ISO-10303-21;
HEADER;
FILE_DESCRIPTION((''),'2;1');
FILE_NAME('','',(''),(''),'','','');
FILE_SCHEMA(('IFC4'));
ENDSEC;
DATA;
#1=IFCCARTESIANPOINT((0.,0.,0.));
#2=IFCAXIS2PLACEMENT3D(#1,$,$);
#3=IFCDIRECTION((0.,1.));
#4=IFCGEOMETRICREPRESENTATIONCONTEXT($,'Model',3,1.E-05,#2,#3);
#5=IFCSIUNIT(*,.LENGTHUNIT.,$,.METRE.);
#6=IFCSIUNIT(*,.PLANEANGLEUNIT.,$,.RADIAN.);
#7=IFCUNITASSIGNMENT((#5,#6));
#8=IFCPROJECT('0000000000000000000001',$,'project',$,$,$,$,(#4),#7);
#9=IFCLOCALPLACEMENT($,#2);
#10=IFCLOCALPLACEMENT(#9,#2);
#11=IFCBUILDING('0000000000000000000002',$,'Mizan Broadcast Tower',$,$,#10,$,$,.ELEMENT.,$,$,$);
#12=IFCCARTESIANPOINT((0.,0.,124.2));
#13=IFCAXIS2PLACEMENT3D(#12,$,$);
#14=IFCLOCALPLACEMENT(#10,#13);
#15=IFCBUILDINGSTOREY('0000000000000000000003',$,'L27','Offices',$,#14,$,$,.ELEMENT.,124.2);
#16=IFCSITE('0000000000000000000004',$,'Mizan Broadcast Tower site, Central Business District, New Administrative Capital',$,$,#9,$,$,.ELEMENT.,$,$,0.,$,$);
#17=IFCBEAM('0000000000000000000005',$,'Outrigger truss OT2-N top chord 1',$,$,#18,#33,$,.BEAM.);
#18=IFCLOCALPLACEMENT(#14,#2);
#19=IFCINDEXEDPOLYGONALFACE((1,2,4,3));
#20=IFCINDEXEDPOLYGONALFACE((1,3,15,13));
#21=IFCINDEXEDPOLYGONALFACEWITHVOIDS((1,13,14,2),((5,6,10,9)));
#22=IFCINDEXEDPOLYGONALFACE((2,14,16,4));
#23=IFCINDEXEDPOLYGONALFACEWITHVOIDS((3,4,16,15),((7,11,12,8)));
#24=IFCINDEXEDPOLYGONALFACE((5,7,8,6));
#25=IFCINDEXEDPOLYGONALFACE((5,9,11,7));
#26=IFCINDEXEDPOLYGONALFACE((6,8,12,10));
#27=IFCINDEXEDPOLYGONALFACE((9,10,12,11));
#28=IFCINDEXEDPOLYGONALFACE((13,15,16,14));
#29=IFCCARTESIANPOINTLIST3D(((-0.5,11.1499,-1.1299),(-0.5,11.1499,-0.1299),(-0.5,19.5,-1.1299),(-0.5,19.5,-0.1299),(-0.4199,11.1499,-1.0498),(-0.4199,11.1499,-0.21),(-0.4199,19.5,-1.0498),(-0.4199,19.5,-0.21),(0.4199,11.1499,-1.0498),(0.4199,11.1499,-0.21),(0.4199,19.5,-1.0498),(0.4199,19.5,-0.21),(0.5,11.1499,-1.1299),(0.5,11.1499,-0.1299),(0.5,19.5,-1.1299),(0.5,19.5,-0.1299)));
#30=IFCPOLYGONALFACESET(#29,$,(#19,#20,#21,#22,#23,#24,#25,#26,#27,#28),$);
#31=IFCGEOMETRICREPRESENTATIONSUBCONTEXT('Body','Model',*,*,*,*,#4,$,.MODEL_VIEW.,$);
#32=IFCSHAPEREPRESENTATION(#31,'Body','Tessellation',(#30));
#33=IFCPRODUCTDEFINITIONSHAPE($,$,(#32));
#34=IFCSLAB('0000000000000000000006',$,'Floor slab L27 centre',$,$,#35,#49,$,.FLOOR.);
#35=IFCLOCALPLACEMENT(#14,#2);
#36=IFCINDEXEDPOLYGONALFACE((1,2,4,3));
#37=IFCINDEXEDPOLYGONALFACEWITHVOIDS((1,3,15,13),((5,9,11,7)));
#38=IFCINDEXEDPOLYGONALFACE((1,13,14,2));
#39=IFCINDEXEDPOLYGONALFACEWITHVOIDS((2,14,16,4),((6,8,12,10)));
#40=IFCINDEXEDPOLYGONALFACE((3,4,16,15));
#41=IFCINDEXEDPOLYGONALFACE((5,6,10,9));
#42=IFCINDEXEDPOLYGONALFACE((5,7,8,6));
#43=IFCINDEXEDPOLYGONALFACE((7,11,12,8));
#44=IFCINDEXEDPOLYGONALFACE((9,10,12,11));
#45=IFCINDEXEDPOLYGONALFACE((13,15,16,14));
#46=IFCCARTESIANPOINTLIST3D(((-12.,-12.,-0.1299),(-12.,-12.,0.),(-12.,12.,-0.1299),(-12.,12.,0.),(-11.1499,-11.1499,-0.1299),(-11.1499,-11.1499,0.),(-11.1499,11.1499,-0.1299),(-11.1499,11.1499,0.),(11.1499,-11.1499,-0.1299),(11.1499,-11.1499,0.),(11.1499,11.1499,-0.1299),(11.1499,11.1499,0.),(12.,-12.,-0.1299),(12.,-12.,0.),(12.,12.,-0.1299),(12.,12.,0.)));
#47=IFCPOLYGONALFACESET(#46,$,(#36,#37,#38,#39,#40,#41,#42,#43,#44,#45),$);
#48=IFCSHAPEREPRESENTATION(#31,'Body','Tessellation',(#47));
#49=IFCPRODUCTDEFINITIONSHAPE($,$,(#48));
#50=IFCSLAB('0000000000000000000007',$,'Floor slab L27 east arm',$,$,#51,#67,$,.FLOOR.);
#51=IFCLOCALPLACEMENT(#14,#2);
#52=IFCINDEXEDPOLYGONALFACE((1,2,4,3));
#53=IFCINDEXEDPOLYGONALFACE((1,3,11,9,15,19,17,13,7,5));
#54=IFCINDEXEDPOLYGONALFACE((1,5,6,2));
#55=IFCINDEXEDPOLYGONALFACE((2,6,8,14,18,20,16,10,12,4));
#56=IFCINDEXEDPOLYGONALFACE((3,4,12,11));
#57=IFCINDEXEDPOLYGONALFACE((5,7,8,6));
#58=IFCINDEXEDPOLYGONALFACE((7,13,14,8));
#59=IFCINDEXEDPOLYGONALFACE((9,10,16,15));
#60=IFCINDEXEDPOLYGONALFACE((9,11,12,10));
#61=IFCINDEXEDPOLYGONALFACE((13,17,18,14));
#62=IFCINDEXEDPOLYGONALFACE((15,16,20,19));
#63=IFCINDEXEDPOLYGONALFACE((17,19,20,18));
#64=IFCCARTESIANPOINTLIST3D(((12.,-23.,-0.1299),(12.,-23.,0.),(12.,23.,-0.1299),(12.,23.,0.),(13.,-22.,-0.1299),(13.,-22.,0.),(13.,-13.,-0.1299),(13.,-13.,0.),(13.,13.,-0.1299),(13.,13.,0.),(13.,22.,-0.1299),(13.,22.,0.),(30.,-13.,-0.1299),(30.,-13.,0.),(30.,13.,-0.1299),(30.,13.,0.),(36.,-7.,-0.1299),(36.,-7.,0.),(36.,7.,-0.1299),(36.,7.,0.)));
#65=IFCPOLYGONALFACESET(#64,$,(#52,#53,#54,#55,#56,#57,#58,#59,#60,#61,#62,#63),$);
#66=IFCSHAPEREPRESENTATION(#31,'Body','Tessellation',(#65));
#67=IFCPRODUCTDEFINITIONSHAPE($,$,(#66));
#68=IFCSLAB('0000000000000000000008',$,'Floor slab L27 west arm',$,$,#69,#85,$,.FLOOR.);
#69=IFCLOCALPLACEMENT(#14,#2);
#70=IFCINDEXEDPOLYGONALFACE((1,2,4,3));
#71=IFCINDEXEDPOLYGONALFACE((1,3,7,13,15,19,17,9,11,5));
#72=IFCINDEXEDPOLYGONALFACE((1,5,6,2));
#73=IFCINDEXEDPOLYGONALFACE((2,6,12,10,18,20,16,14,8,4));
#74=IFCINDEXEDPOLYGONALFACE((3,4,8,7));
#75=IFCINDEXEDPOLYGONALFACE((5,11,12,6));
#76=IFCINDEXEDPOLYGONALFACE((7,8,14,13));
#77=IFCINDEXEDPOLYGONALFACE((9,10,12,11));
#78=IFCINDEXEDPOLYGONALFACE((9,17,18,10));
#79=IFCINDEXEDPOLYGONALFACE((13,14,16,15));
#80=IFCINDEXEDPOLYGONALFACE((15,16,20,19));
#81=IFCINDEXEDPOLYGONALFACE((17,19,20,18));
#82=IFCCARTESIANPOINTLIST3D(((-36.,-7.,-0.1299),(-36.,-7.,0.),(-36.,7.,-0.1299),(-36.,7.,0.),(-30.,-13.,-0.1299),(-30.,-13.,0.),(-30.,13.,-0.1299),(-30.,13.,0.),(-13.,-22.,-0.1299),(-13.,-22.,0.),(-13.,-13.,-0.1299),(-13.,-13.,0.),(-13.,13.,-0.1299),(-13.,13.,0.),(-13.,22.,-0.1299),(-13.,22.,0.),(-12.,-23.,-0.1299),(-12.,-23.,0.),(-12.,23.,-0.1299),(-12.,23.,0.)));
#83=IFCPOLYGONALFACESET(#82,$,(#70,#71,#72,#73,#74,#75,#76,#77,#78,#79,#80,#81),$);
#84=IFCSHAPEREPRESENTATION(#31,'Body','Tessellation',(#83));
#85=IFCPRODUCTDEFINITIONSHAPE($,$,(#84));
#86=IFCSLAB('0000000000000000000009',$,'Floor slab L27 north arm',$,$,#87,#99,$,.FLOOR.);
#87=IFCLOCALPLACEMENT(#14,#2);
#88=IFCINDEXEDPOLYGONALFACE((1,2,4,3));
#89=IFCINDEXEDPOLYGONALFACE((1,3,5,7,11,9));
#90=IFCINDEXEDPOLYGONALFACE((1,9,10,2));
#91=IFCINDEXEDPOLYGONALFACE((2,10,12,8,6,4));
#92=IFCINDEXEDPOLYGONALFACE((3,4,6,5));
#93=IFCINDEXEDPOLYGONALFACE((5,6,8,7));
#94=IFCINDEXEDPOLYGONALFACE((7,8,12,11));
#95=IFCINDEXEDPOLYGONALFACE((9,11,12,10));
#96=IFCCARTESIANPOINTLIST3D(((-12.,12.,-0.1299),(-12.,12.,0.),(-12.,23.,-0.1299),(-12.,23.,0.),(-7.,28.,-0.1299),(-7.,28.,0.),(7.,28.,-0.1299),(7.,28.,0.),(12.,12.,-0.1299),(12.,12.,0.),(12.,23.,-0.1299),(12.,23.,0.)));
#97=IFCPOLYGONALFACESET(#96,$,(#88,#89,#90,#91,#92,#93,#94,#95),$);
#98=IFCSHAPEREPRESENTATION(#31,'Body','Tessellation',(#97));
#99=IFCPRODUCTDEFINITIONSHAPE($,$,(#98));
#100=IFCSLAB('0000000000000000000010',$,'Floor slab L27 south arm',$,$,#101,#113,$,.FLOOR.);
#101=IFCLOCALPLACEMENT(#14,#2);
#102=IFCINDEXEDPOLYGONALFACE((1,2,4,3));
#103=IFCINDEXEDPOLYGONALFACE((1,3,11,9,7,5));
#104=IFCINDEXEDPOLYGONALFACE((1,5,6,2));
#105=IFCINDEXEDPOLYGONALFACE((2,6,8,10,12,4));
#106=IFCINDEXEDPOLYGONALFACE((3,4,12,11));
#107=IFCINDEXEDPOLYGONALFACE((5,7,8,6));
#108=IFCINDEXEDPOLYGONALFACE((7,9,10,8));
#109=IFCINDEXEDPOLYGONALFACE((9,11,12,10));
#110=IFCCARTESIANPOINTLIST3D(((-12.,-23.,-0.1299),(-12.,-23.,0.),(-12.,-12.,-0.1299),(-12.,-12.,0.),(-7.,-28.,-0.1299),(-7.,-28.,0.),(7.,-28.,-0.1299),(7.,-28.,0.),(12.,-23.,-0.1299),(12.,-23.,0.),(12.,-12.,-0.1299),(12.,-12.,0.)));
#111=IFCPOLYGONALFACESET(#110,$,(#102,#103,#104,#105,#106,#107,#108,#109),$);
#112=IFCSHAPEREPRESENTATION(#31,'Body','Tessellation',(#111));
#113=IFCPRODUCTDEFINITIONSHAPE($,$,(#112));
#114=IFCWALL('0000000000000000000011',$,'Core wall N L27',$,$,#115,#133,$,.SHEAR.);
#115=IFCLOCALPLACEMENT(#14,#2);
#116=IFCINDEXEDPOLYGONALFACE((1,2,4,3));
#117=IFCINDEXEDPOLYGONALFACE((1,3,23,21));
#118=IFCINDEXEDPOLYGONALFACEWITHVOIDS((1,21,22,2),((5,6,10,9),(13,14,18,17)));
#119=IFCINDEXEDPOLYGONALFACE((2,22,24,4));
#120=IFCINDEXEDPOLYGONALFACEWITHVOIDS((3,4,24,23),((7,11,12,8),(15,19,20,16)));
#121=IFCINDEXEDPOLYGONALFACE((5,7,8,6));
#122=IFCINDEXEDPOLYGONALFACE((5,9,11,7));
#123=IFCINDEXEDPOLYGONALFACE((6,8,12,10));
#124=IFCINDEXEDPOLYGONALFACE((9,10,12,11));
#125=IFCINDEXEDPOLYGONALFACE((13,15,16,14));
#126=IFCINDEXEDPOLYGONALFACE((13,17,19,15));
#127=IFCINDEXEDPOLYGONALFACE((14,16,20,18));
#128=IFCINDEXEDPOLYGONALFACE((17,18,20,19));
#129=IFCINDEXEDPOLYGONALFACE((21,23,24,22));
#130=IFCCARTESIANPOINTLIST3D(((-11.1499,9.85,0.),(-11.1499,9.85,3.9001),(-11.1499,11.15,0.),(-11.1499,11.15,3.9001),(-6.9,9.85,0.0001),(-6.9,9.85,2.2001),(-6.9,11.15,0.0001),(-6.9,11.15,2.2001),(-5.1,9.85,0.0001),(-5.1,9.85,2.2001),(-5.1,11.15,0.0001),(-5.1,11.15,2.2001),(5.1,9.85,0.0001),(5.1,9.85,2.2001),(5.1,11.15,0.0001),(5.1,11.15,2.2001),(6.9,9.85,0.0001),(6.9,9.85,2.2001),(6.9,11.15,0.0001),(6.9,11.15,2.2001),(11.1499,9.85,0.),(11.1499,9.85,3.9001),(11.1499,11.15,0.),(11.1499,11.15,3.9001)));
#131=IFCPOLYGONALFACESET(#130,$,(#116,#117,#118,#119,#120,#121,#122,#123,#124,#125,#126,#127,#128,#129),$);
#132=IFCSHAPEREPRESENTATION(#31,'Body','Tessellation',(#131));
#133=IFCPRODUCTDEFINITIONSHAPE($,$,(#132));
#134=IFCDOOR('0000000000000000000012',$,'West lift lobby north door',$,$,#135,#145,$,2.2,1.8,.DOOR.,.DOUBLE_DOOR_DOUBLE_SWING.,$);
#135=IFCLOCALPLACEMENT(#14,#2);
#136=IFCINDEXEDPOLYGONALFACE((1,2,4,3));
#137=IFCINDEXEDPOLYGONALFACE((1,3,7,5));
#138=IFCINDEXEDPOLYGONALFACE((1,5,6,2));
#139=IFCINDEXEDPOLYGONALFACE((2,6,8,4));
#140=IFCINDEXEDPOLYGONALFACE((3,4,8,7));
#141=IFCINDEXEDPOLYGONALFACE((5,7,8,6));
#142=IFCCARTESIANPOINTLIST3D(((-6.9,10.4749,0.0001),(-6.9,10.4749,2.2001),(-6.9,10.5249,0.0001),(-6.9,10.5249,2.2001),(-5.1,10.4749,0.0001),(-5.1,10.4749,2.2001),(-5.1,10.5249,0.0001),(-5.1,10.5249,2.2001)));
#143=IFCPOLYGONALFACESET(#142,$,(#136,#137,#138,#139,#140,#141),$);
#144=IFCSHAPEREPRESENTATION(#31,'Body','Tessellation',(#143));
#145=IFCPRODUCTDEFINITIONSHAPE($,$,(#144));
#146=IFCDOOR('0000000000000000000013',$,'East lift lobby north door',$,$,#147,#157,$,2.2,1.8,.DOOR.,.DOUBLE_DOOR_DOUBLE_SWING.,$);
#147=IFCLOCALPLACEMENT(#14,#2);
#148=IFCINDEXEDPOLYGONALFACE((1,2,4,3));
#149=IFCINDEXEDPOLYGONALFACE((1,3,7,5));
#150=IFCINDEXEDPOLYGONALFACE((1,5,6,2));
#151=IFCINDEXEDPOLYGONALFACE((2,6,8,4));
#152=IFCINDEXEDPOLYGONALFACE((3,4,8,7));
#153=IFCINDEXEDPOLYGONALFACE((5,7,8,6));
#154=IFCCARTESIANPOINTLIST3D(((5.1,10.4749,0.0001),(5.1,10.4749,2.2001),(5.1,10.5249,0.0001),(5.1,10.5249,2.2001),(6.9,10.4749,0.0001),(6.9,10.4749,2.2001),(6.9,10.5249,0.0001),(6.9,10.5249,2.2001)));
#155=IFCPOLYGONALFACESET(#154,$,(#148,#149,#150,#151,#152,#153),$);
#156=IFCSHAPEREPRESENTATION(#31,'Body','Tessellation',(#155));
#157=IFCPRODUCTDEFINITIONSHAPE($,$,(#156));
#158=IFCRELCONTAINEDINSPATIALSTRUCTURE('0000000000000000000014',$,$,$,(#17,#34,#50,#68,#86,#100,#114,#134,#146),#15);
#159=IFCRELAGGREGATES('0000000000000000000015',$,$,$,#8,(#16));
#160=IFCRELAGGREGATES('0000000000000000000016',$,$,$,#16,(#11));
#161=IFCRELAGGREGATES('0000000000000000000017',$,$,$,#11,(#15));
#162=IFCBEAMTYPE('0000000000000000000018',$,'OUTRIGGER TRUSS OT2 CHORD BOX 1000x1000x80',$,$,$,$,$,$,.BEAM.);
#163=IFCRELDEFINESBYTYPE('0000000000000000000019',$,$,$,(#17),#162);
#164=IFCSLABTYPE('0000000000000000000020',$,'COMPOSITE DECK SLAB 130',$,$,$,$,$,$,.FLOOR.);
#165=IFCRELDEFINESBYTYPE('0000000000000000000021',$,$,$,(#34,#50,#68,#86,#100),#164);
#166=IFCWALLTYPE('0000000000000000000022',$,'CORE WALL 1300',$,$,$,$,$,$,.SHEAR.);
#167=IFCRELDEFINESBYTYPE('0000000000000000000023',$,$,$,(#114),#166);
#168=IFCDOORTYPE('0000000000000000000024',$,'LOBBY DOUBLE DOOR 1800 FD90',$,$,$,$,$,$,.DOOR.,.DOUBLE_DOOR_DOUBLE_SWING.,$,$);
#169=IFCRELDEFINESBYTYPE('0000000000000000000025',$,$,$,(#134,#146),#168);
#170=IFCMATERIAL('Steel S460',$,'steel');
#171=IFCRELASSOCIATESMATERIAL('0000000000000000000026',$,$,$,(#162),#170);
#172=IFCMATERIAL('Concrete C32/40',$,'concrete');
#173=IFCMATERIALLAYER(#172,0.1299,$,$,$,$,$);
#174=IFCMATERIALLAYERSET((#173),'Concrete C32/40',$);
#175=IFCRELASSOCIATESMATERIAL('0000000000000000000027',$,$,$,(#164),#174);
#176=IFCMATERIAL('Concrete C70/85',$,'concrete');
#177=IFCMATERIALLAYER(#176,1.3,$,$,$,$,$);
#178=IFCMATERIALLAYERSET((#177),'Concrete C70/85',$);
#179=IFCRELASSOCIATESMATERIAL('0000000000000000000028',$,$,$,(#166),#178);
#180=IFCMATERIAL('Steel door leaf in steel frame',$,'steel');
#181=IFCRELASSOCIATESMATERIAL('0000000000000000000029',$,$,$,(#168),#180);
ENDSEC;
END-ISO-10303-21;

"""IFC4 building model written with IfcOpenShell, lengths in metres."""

from ifc_helpers import new_model, si_unit, direction, frame, frame_2d, origin, origin_2d, place, context, subcontext, project, spatial, polyline, rectangle, hollow_rectangle, outline, extrude, material, layer, layer_set, material_profile, profile_set, type_object, element, fill, save


model = new_model("IFC4")

# Units and contexts
model_context = context("Model", 3, precision=1e-05, world=origin(), true_north=direction((0.0, 1.0)))
body_context = subcontext(model_context, "Body", "Model", "MODEL_VIEW")
ifc_project = project(units=[si_unit("LENGTHUNIT", "METRE"), si_unit("PLANEANGLEUNIT", "RADIAN")], contexts=[model_context])

# Site, building, storey
site_placement = place(None, origin())
site = spatial("IfcSite", under=ifc_project, at=site_placement, Name="Mizan Broadcast Tower site, Central Business District, New Administrative Capital", CompositionType="ELEMENT", RefElevation=0.0)
building_placement = place(site_placement, origin())
building = spatial("IfcBuilding", under=site, at=building_placement, Name="Mizan Broadcast Tower", CompositionType="ELEMENT")
storey_placement = place(building_placement, frame((0.0, 0.0, 124.2)))
storey = spatial("IfcBuildingStorey", under=building, at=storey_placement, Name="L27", Description="Offices", CompositionType="ELEMENT", Elevation=124.2)

# Beam
ifc_material_1 = material(Name="Steel S460", Category="steel")
ifc_material_profile = material_profile(ifc_material_1, hollow_rectangle(XDim=1.0, YDim=1.0, WallThickness=0.0801, at=origin_2d()), Name="BOX 1000x1000x80")
ifc_profile_set = profile_set([ifc_material_profile], Name="Steel S460")
beam_type = type_object("IfcBeamType", Name="OUTRIGGER TRUSS OT2 CHORD BOX 1000x1000x80", PredefinedType="BEAM", material=ifc_profile_set)
beam_placement = place(storey_placement, frame((0.0, 11.1499, -0.6299), z_axis=(0.0, 1.0, 0.0), x_axis=(-1.0, 0.0, 0.0)))
element("IfcBeam", 1, at=beam_placement, inside=storey, type_object=beam_type, Name="Outrigger truss OT2-N top chord 1", PredefinedType="BEAM", context=body_context, shape_type="SweptSolid", body=[
    extrude(hollow_rectangle(XDim=1.0, YDim=1.0, WallThickness=0.0801, at=origin_2d()), origin(), (0.0, 0.0, 1.0), 8.3501),
])

# Slabs
ifc_material_2 = material(Name="Concrete C32/40", Category="concrete")
ifc_layer_1 = layer(ifc_material_2, 0.1299)
ifc_layer_set_1 = layer_set([ifc_layer_1], Name="Concrete C32/40")
slab_type = type_object("IfcSlabType", Name="COMPOSITE DECK SLAB 130", PredefinedType="FLOOR", material=ifc_layer_set_1)
slab_1_placement = place(storey_placement, frame((0.0, 0.0, -0.1299)))
element("IfcSlab", 2, at=slab_1_placement, inside=storey, type_object=slab_type, Name="Floor slab L27 centre", PredefinedType="FLOOR", context=body_context, shape_type="SweptSolid", body=[
    extrude(outline(polyline([(-12.0, -12.0), (12.0, -12.0), (12.0, 12.0), (-12.0, 12.0), (-12.0, -12.0)]), holes=[polyline([(-11.1499, 11.1499), (11.1499, 11.1499), (11.1499, -11.1499), (-11.1499, -11.1499), (-11.1499, 11.1499)])]), origin(), (0.0, 0.0, 1.0), 0.1299),
])
slab_2_placement = place(storey_placement, frame((0.0, 0.0, -0.1299)))
element("IfcSlab", 3, at=slab_2_placement, inside=storey, type_object=slab_type, Name="Floor slab L27 east arm", PredefinedType="FLOOR", context=body_context, shape_type="SweptSolid", body=[
    extrude(outline(polyline([(12.0, -23.0), (13.0, -22.0), (13.0, -13.0), (30.0, -13.0), (36.0, -7.0), (36.0, 7.0), (30.0, 13.0), (13.0, 13.0), (13.0, 22.0), (12.0, 23.0), (12.0, -23.0)])), origin(), (0.0, 0.0, 1.0), 0.1299),
])
slab_3_placement = place(storey_placement, frame((0.0, 0.0, -0.1299)))
element("IfcSlab", 4, at=slab_3_placement, inside=storey, type_object=slab_type, Name="Floor slab L27 west arm", PredefinedType="FLOOR", context=body_context, shape_type="SweptSolid", body=[
    extrude(outline(polyline([(-13.0, -22.0), (-12.0, -23.0), (-12.0, 23.0), (-13.0, 22.0), (-13.0, 13.0), (-30.0, 13.0), (-36.0, 7.0), (-36.0, -7.0), (-30.0, -13.0), (-13.0, -13.0), (-13.0, -22.0)])), origin(), (0.0, 0.0, 1.0), 0.1299),
])
slab_4_placement = place(storey_placement, frame((0.0, 0.0, -0.1299)))
element("IfcSlab", 5, at=slab_4_placement, inside=storey, type_object=slab_type, Name="Floor slab L27 north arm", PredefinedType="FLOOR", context=body_context, shape_type="SweptSolid", body=[
    extrude(outline(polyline([(-7.0, 28.0), (-12.0, 23.0), (-12.0, 12.0), (12.0, 12.0), (12.0, 23.0), (7.0, 28.0), (-7.0, 28.0)])), origin(), (0.0, 0.0, 1.0), 0.1299),
])
slab_5_placement = place(storey_placement, frame((0.0, 0.0, -0.1299)))
element("IfcSlab", 6, at=slab_5_placement, inside=storey, type_object=slab_type, Name="Floor slab L27 south arm", PredefinedType="FLOOR", context=body_context, shape_type="SweptSolid", body=[
    extrude(outline(polyline([(7.0, -28.0), (12.0, -23.0), (12.0, -12.0), (-12.0, -12.0), (-12.0, -23.0), (-7.0, -28.0), (7.0, -28.0)])), origin(), (0.0, 0.0, 1.0), 0.1299),
])

# Wall, openings, doors
ifc_material_3 = material(Name="Concrete C70/85", Category="concrete")
ifc_layer_2 = layer(ifc_material_3, 1.3)
ifc_layer_set_2 = layer_set([ifc_layer_2], Name="Concrete C70/85")
wall_type_1 = type_object("IfcWallType", Name="CORE WALL 1300", PredefinedType="SHEAR", material=ifc_layer_set_2)
wall_1_placement = place(storey_placement, frame((-11.1499, 10.5, 0.0), z_axis=(0.0, 0.0, 1.0), x_axis=(1.0, 0.0, 0.0)))
wall_1 = element("IfcWall", 7, at=wall_1_placement, inside=storey, type_object=wall_type_1, Name="Core wall N L27", PredefinedType="SHEAR", context=body_context, shape_type="SweptSolid", body=[
    extrude(rectangle(XDim=22.2998, YDim=1.3, at=frame_2d((11.1499, 0.0))), origin(), (0.0, 0.0, 1.0), 3.9001),
])
opening_1_placement = place(wall_1_placement, frame((4.25, 0.0, 0.0)))
opening_1 = element("IfcOpeningElement", 8, at=opening_1_placement, cuts=wall_1, PredefinedType="OPENING", context=body_context, shape_type="SweptSolid", body=[
    extrude(rectangle(XDim=1.8, YDim=2.2, at=frame_2d((0.8999, 1.1001))), frame((0.0, 0.6599, 0.0), z_axis=(0.0, -1.0, 0.0), x_axis=(1.0, 0.0, 0.0)), (0.0, 0.0, 1.0), 1.3201),
])
opening_2_placement = place(wall_1_placement, frame((16.25, 0.0, 0.0)))
opening_2 = element("IfcOpeningElement", 9, at=opening_2_placement, cuts=wall_1, PredefinedType="OPENING", context=body_context, shape_type="SweptSolid", body=[
    extrude(rectangle(XDim=1.8, YDim=2.2, at=frame_2d((0.8999, 1.1001))), frame((0.0, 0.6599, 0.0), z_axis=(0.0, -1.0, 0.0), x_axis=(1.0, 0.0, 0.0)), (0.0, 0.0, 1.0), 1.3201),
])
ifc_material_4 = material(Name="Steel door leaf in steel frame", Category="steel")
door_type_1 = type_object("IfcDoorType", Name="LOBBY DOUBLE DOOR 1800 FD90", OperationType="DOUBLE_DOOR_DOUBLE_SWING", PredefinedType="DOOR", material=ifc_material_4)
door_1_placement = place(opening_1_placement, origin())
door_1 = element("IfcDoor", 10, at=door_1_placement, inside=storey, type_object=door_type_1, Name="West lift lobby north door", OperationType="DOUBLE_DOOR_DOUBLE_SWING", OverallHeight=2.2, OverallWidth=1.8, PredefinedType="DOOR", context=body_context, shape_type="SweptSolid", body=[
    extrude(rectangle(XDim=1.8, YDim=2.2, at=frame_2d((0.8999, 1.1001))), frame((0.0, 0.0249, 0.0), z_axis=(0.0, -1.0, 0.0), x_axis=(1.0, 0.0, 0.0)), (0.0, 0.0, 1.0), 0.05),
])
fill(opening_1, door_1)
door_2_placement = place(opening_2_placement, origin())
door_2 = element("IfcDoor", 11, at=door_2_placement, inside=storey, type_object=door_type_1, Name="East lift lobby north door", OperationType="DOUBLE_DOOR_DOUBLE_SWING", OverallHeight=2.2, OverallWidth=1.8, PredefinedType="DOOR", context=body_context, shape_type="SweptSolid", body=[
    extrude(rectangle(XDim=1.8, YDim=2.2, at=frame_2d((0.8999, 1.1001))), frame((0.0, 0.0249, 0.0), z_axis=(0.0, -1.0, 0.0), x_axis=(1.0, 0.0, 0.0)), (0.0, 0.0, 1.0), 0.05),
])
fill(opening_2, door_2)

save(model, "model.ifc")
